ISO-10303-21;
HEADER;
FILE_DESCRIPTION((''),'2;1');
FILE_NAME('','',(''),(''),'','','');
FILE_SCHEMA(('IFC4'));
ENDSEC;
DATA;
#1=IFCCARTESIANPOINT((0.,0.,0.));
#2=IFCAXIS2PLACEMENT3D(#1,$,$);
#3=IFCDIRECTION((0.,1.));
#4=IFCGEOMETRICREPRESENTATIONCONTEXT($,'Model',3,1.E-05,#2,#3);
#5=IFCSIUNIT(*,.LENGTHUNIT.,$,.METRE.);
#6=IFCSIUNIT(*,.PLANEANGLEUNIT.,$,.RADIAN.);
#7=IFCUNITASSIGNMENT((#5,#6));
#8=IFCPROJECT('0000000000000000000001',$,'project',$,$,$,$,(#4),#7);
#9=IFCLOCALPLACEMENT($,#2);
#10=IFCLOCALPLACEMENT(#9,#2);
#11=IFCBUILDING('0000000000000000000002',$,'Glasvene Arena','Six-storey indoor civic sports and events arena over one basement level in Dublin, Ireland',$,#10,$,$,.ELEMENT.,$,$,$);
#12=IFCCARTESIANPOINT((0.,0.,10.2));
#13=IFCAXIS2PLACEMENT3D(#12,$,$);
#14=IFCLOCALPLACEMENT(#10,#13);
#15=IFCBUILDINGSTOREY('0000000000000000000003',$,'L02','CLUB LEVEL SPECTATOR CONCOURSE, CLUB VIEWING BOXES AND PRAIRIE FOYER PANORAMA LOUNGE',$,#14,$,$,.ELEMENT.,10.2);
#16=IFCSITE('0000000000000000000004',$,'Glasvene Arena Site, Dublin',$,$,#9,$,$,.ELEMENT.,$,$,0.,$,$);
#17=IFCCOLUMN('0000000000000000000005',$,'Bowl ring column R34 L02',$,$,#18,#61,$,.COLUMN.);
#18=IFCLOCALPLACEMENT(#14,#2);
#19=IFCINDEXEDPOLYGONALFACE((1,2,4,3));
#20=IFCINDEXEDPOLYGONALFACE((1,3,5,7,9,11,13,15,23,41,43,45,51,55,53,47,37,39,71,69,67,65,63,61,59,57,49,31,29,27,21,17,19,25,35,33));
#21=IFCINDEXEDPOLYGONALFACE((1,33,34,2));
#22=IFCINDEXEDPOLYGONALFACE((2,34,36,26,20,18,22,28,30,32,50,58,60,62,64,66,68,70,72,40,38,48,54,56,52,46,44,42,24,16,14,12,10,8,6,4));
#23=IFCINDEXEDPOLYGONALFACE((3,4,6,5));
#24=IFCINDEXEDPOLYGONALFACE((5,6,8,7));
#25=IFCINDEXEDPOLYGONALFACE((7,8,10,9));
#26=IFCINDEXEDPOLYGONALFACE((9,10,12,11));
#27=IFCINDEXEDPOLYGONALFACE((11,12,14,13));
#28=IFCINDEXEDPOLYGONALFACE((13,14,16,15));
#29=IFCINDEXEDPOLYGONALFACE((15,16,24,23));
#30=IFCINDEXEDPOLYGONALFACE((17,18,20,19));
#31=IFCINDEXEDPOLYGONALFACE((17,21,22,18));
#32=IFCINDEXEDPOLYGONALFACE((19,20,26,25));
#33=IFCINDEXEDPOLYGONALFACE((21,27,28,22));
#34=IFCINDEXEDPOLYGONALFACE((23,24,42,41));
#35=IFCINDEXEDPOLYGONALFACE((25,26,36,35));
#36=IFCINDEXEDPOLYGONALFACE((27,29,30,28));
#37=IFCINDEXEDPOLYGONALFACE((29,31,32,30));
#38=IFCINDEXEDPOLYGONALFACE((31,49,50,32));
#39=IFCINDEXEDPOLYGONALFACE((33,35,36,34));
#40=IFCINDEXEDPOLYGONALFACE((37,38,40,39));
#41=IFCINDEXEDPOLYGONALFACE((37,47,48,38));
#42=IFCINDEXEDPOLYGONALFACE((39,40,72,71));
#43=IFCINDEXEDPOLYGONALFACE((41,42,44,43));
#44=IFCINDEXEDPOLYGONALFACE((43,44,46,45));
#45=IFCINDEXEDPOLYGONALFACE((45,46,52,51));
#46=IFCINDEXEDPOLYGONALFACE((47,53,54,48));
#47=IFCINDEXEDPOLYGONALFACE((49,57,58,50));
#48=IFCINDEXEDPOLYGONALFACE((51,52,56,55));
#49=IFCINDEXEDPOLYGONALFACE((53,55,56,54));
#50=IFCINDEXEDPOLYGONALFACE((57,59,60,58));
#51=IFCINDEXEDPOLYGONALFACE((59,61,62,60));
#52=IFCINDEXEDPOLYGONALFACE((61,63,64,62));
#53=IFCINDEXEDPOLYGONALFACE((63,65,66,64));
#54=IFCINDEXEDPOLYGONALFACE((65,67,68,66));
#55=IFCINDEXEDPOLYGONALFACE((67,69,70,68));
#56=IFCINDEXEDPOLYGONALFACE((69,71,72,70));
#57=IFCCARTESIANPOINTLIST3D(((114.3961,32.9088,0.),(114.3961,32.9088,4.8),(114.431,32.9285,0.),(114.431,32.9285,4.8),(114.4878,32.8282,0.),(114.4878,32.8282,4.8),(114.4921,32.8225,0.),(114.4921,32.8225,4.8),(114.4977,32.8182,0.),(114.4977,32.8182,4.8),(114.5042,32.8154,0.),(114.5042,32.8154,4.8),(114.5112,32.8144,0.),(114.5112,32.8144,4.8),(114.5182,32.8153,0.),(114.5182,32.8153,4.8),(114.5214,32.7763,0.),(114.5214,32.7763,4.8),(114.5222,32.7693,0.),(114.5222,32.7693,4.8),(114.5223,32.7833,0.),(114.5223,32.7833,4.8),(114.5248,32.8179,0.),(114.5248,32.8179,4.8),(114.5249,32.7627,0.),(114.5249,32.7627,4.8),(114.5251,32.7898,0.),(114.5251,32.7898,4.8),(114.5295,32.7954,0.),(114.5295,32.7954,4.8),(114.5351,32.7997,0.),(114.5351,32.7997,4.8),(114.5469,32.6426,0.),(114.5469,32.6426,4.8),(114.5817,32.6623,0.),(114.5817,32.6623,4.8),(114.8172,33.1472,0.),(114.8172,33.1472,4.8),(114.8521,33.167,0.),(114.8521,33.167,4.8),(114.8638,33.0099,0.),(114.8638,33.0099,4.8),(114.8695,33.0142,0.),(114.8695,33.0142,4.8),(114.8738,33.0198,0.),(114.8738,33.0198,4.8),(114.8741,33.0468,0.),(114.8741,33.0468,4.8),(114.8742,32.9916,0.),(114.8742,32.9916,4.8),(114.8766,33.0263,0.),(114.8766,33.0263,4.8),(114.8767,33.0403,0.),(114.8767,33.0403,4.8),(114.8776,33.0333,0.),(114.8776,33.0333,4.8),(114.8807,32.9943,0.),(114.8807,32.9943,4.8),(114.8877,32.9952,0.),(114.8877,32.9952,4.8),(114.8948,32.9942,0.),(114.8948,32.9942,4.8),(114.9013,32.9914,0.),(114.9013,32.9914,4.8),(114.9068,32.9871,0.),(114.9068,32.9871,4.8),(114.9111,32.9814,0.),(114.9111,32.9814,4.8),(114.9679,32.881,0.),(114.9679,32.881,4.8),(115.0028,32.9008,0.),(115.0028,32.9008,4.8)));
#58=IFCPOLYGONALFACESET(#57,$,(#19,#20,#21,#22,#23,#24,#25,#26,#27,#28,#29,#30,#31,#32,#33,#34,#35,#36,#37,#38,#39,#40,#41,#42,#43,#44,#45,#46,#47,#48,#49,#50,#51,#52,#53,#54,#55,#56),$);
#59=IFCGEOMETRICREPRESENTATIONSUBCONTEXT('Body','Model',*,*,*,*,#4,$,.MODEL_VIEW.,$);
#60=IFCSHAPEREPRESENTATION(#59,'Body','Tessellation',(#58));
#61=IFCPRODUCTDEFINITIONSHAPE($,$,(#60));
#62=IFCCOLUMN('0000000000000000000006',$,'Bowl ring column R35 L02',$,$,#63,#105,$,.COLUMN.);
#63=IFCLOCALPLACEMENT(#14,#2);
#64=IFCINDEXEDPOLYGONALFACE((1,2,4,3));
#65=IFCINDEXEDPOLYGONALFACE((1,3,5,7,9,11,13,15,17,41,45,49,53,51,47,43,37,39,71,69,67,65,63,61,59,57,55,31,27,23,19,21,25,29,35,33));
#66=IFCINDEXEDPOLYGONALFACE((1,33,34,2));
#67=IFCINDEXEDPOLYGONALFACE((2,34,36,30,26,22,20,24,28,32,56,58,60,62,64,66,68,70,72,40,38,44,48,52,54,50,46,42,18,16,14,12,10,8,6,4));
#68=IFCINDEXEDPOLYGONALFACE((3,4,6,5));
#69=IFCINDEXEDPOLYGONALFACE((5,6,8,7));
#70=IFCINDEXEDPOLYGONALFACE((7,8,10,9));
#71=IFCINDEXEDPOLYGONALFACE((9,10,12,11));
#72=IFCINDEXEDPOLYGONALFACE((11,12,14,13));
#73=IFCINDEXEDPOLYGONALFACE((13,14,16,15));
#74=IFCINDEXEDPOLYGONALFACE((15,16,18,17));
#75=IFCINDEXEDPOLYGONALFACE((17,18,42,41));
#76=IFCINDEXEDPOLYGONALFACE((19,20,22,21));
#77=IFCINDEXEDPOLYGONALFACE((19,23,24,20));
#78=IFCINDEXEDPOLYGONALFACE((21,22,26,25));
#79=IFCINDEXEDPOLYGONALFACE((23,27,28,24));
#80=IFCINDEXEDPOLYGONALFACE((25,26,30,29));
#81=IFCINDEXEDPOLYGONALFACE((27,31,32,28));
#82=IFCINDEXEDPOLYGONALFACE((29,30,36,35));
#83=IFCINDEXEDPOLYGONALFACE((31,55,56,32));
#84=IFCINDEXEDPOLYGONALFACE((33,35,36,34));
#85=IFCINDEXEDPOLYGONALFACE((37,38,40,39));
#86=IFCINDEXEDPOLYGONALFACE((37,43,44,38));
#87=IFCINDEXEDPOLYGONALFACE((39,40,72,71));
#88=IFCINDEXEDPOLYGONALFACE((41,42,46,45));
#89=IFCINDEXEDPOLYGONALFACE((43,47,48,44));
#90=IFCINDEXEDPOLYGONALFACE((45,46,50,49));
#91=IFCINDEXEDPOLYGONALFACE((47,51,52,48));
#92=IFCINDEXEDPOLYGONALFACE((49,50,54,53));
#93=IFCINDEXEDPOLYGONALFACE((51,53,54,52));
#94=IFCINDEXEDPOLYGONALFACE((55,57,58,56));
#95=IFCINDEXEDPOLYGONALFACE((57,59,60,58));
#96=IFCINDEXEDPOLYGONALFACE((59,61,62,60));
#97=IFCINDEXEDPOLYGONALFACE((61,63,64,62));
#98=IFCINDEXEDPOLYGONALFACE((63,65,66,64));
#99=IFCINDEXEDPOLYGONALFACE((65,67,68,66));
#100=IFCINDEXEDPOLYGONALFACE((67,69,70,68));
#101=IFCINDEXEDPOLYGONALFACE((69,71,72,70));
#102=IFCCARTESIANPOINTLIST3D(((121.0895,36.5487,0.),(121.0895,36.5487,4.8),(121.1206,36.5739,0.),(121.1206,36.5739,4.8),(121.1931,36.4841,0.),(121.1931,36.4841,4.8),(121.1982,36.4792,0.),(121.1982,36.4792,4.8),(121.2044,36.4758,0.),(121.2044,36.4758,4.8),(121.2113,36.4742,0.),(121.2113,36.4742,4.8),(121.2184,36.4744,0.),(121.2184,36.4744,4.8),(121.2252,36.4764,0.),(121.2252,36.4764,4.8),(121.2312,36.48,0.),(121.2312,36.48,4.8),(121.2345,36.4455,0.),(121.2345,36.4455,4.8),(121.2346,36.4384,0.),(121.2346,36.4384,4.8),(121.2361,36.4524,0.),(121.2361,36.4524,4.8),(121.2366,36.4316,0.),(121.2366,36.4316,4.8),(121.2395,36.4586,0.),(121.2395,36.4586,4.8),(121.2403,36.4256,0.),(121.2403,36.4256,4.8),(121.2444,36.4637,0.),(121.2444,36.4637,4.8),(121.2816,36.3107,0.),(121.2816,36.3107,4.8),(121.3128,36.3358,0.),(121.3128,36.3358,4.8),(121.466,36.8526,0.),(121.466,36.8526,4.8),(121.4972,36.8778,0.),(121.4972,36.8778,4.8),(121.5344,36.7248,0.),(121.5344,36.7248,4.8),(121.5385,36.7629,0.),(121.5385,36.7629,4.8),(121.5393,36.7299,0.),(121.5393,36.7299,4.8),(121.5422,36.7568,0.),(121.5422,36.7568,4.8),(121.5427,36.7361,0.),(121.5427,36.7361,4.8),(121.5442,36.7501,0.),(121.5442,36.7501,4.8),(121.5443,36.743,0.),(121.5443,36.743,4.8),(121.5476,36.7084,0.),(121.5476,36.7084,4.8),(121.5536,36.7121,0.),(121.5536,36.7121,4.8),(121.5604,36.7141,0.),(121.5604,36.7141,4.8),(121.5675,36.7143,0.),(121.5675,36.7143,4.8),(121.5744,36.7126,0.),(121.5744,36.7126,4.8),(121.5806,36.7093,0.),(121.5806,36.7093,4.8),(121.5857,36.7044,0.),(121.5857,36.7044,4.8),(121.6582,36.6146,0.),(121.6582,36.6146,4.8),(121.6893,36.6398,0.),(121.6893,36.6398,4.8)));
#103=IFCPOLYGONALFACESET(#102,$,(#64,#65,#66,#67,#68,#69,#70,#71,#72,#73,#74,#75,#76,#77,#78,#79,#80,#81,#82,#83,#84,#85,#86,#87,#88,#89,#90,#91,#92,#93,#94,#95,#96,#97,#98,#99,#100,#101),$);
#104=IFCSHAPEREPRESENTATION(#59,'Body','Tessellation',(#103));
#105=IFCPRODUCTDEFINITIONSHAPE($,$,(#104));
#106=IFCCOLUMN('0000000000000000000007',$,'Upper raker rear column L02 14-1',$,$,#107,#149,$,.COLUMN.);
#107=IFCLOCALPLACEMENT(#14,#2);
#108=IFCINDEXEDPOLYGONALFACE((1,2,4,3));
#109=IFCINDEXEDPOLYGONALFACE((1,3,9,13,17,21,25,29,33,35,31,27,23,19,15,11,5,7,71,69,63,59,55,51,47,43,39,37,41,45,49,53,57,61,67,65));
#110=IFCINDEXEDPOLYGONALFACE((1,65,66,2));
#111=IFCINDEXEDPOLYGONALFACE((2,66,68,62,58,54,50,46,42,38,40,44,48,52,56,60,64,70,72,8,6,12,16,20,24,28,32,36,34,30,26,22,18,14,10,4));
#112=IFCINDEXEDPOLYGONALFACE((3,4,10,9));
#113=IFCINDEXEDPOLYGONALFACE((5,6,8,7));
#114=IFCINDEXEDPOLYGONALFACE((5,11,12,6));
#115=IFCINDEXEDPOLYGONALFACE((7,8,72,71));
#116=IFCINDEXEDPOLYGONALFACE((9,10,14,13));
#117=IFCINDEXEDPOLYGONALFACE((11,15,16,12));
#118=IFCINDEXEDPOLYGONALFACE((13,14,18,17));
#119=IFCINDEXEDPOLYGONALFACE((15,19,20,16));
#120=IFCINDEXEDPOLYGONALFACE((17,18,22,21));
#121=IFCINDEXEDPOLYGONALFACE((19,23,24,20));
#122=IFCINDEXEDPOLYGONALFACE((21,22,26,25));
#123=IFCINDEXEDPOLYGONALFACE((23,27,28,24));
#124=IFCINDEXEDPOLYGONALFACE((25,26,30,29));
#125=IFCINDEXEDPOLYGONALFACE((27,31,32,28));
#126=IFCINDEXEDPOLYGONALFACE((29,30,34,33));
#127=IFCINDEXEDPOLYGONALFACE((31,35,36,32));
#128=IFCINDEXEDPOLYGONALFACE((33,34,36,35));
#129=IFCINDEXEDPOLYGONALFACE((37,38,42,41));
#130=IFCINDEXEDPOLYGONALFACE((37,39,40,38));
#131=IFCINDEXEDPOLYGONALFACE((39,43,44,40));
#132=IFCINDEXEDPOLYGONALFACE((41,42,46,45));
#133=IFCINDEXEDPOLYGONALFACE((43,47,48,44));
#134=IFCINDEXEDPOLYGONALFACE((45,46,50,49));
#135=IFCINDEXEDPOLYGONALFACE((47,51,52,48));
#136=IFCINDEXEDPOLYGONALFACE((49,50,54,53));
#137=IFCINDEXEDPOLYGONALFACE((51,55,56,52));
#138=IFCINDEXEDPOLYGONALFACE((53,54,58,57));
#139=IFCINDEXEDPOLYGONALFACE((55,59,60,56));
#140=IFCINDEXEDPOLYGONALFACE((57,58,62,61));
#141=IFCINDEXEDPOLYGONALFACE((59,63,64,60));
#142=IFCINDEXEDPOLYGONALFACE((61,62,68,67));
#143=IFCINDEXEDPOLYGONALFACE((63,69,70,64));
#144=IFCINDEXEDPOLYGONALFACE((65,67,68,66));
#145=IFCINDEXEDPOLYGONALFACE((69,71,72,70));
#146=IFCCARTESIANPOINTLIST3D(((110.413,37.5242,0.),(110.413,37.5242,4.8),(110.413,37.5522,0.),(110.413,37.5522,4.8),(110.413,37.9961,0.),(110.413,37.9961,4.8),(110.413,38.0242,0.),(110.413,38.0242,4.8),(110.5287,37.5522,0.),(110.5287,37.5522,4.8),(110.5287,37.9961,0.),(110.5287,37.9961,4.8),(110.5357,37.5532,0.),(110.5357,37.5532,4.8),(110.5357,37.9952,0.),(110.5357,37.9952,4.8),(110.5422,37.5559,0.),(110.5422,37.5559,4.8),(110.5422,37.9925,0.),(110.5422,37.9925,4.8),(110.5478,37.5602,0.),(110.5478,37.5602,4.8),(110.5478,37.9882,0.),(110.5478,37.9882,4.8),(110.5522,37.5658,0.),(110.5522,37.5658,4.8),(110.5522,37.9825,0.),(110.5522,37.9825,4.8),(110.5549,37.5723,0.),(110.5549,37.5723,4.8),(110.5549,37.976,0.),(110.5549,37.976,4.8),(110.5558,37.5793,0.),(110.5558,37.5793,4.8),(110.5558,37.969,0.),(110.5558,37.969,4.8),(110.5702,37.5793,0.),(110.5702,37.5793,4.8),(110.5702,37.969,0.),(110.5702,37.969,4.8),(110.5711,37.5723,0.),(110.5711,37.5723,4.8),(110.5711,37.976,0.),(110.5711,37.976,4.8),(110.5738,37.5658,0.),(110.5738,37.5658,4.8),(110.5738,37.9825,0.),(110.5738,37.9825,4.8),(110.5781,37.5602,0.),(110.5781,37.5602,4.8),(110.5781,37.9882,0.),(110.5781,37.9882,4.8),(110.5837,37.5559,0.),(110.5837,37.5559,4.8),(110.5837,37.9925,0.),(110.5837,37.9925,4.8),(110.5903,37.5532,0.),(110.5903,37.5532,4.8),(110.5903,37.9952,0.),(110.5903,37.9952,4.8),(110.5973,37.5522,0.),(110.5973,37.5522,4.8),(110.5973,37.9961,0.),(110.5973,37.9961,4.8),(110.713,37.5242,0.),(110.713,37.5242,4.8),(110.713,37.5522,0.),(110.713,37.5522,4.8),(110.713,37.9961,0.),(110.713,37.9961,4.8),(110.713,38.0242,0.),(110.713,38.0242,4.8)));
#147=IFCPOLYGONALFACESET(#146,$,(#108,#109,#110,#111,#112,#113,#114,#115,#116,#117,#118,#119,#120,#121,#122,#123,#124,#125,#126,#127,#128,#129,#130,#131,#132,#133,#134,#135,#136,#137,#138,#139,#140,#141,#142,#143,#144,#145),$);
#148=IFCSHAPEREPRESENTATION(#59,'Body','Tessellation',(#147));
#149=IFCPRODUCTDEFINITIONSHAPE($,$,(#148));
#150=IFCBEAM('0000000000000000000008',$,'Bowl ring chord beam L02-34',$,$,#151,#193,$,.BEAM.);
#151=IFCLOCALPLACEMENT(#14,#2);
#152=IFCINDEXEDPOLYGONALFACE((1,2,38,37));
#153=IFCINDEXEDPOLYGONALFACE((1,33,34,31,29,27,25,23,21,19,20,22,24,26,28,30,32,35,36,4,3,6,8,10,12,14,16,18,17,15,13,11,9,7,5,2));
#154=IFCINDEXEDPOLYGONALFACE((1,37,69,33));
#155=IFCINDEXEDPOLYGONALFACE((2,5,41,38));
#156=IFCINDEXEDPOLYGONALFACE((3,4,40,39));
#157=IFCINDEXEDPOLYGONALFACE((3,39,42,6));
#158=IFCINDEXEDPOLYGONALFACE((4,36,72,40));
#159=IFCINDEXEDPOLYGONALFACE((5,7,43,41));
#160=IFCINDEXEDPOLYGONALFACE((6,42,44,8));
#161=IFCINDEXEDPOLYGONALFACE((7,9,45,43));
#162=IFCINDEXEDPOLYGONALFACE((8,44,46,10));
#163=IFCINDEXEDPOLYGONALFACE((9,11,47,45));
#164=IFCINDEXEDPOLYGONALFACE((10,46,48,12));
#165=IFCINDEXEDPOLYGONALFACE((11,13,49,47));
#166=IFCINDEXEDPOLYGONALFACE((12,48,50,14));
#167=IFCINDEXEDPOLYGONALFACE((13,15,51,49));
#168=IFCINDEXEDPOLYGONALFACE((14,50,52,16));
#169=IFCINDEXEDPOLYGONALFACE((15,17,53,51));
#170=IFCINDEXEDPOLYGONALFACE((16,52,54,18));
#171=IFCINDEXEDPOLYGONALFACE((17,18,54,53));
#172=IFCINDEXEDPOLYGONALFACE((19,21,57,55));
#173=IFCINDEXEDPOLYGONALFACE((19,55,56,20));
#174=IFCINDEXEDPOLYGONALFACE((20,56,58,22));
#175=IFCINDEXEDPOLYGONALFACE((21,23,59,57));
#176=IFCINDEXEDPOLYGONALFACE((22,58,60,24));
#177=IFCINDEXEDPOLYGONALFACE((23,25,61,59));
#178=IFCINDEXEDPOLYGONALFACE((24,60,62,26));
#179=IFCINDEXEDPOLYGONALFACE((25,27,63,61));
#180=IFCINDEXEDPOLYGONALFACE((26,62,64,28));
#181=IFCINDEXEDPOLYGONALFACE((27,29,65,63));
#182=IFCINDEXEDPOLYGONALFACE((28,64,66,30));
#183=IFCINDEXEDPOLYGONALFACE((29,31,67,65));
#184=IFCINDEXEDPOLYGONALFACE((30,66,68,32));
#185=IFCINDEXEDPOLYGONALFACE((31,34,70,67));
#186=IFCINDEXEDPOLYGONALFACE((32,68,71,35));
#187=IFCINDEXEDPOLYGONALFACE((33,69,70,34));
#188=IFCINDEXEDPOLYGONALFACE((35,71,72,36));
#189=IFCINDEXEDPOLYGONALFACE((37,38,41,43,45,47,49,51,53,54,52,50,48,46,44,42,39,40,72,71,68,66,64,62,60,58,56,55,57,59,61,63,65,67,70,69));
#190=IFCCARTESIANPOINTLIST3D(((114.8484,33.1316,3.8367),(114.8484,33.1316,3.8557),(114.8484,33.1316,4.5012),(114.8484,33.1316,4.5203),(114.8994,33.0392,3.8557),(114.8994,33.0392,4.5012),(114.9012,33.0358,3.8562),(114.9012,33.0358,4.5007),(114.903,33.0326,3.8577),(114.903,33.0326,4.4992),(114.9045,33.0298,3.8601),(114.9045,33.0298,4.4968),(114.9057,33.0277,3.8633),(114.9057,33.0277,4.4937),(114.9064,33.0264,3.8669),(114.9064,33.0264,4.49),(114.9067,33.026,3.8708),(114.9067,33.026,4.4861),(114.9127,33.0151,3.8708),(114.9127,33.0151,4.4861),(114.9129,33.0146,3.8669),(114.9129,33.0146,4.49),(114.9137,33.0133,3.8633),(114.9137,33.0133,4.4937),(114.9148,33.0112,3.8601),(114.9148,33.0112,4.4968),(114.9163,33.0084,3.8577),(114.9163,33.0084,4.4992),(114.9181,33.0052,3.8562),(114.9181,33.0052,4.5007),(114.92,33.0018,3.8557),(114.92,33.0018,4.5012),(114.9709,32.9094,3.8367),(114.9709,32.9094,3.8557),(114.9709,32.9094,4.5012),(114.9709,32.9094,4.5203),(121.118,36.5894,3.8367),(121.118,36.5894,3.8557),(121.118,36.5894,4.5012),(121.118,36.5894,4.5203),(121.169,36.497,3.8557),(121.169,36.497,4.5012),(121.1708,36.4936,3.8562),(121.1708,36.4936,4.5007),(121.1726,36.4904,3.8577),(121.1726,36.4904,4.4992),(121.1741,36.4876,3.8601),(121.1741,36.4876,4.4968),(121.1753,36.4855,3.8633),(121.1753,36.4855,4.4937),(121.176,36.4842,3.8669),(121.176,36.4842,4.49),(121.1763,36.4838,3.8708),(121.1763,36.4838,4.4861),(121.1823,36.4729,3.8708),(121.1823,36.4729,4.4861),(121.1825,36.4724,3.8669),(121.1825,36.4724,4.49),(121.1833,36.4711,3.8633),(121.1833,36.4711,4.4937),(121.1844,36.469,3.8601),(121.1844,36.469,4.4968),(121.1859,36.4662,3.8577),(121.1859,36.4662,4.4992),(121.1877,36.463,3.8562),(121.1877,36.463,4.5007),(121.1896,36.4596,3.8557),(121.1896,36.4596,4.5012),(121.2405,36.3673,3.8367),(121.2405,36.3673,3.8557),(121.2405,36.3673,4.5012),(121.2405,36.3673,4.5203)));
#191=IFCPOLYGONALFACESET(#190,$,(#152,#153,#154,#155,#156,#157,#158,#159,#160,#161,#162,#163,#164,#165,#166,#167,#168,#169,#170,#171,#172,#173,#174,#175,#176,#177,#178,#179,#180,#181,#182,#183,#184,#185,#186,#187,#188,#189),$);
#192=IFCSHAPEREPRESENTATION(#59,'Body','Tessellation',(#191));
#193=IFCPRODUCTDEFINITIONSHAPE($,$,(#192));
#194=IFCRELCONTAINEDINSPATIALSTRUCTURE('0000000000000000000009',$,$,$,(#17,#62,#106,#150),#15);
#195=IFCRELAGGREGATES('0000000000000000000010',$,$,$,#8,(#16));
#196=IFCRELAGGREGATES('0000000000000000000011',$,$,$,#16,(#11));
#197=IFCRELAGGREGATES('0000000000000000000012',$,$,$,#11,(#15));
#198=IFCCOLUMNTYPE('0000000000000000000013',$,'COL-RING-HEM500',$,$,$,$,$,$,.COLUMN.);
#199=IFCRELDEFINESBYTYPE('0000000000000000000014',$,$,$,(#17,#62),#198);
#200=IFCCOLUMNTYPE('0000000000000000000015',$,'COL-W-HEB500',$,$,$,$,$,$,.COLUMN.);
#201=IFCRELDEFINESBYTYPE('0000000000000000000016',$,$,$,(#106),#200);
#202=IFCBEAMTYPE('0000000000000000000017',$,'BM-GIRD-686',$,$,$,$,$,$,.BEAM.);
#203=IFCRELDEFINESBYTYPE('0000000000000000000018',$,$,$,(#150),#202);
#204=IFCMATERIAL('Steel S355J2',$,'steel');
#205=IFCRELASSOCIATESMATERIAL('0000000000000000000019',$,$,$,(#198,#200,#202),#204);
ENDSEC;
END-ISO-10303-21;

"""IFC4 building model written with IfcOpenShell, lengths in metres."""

from ifc_helpers import new_model, si_unit, direction, frame, origin, origin_2d, place, context, subcontext, project, spatial, i_section, extrude, material, material_profile, profile_set, type_object, element, save


model = new_model("IFC4")

# Units and contexts
model_context = context("Model", 3, precision=1e-05, world=origin(), true_north=direction((0.0, 1.0)))
body_context = subcontext(model_context, "Body", "Model", "MODEL_VIEW")
ifc_project = project(units=[si_unit("LENGTHUNIT", "METRE"), si_unit("PLANEANGLEUNIT", "RADIAN")], contexts=[model_context])

# Site, building, storey
site_placement = place(None, origin())
site = spatial("IfcSite", under=ifc_project, at=site_placement, Name="Glasvene Arena Site, Dublin", CompositionType="ELEMENT", RefElevation=0.0)
building_placement = place(site_placement, origin())
building = spatial("IfcBuilding", under=site, at=building_placement, Name="Glasvene Arena", Description="Six-storey indoor civic sports and events arena over one basement level in Dublin, Ireland", CompositionType="ELEMENT")
storey_placement = place(building_placement, frame((0.0, 0.0, 10.2)))
storey = spatial("IfcBuildingStorey", under=building, at=storey_placement, Name="L02", Description="CLUB LEVEL SPECTATOR CONCOURSE, CLUB VIEWING BOXES AND PRAIRIE FOYER PANORAMA LOUNGE", CompositionType="ELEMENT", Elevation=10.2)

# Columns
ifc_material_1 = material(Name="Steel S355J2", Category="steel")
ifc_material_profile_1 = material_profile(ifc_material_1, i_section(OverallWidth=0.3059, OverallDepth=0.5239, WebThickness=0.021, FlangeThickness=0.04, FilletRadius=0.0271, at=origin_2d()), Name="HEM 500")
ifc_profile_set_1 = profile_set([ifc_material_profile_1], Name="Steel S355J2")
column_type_1 = type_object("IfcColumnType", Name="COL-RING-HEM500", PredefinedType="COLUMN", material=ifc_profile_set_1)
for number, where, z_axis, x_axis, name in (
    (1, (114.6995, 32.9048, 0.0), (0.0, 0.0, 1.0), (0.492727, -0.870184, 0.0), "Bowl ring column R34 L02"),
    (2, (121.3894, 36.5942, 0.0), (0.0, 0.0, 1.0), (0.628099, -0.778134, 0.0), "Bowl ring column R35 L02"),
):
    element("IfcColumn", number, at=place(storey_placement, frame(where, z_axis=z_axis, x_axis=x_axis)), inside=storey, type_object=column_type_1, Name=name, PredefinedType="COLUMN", context=body_context, shape_type="SweptSolid", body=[
        extrude(i_section(OverallWidth=0.3059, OverallDepth=0.5239, WebThickness=0.021, FlangeThickness=0.04, FilletRadius=0.0271, at=origin_2d()), origin(), (0.0, 0.0, 1.0), 4.8),
    ])
ifc_material_profile_2 = material_profile(ifc_material_1, i_section(OverallWidth=0.3, OverallDepth=0.5, WebThickness=0.0144, FlangeThickness=0.0281, FilletRadius=0.0271, at=origin_2d()), Name="HEB 500")
ifc_profile_set_2 = profile_set([ifc_material_profile_2], Name="Steel S355J2")
column_type_2 = type_object("IfcColumnType", Name="COL-W-HEB500", PredefinedType="COLUMN", material=ifc_profile_set_2)
column_placement = place(storey_placement, frame((110.563, 37.7742, 0.0), z_axis=(0.0, 0.0, 1.0), x_axis=(1.0, 0.0, 0.0)))
element("IfcColumn", 3, at=column_placement, inside=storey, type_object=column_type_2, Name="Upper raker rear column L02 14-1", PredefinedType="COLUMN", context=body_context, shape_type="SweptSolid", body=[
    extrude(i_section(OverallWidth=0.3, OverallDepth=0.5, WebThickness=0.0144, FlangeThickness=0.0281, FilletRadius=0.0271, at=origin_2d()), origin(), (0.0, 0.0, 1.0), 4.8),
])

# Beam
ifc_material_profile_3 = material_profile(ifc_material_1, i_section(OverallWidth=0.2537, OverallDepth=0.6836, WebThickness=0.0125, FlangeThickness=0.019, FilletRadius=0.0151, at=origin_2d()), Name="UKB 686x254x140")
ifc_profile_set_3 = profile_set([ifc_material_profile_3], Name="Steel S355J2")
beam_type_1 = type_object("IfcBeamType", Name="BM-GIRD-686", PredefinedType="BEAM", material=ifc_profile_set_3)
beam_1_placement = place(storey_placement, frame((114.9097, 33.0205, 4.1785), z_axis=(0.875654, 0.482939, 0.0), x_axis=(-0.482939, 0.875654, 0.0)))
element("IfcBeam", 4, at=beam_1_placement, inside=storey, type_object=beam_type_1, Name="Bowl ring chord beam L02-34", PredefinedType="BEAM", context=body_context, shape_type="SweptSolid", body=[
    extrude(i_section(OverallWidth=0.2537, OverallDepth=0.6836, WebThickness=0.0125, FlangeThickness=0.019, FilletRadius=0.0151, at=origin_2d()), origin(), (0.0, 0.0, 1.0), 7.1599),
])

save(model, "model.ifc")
